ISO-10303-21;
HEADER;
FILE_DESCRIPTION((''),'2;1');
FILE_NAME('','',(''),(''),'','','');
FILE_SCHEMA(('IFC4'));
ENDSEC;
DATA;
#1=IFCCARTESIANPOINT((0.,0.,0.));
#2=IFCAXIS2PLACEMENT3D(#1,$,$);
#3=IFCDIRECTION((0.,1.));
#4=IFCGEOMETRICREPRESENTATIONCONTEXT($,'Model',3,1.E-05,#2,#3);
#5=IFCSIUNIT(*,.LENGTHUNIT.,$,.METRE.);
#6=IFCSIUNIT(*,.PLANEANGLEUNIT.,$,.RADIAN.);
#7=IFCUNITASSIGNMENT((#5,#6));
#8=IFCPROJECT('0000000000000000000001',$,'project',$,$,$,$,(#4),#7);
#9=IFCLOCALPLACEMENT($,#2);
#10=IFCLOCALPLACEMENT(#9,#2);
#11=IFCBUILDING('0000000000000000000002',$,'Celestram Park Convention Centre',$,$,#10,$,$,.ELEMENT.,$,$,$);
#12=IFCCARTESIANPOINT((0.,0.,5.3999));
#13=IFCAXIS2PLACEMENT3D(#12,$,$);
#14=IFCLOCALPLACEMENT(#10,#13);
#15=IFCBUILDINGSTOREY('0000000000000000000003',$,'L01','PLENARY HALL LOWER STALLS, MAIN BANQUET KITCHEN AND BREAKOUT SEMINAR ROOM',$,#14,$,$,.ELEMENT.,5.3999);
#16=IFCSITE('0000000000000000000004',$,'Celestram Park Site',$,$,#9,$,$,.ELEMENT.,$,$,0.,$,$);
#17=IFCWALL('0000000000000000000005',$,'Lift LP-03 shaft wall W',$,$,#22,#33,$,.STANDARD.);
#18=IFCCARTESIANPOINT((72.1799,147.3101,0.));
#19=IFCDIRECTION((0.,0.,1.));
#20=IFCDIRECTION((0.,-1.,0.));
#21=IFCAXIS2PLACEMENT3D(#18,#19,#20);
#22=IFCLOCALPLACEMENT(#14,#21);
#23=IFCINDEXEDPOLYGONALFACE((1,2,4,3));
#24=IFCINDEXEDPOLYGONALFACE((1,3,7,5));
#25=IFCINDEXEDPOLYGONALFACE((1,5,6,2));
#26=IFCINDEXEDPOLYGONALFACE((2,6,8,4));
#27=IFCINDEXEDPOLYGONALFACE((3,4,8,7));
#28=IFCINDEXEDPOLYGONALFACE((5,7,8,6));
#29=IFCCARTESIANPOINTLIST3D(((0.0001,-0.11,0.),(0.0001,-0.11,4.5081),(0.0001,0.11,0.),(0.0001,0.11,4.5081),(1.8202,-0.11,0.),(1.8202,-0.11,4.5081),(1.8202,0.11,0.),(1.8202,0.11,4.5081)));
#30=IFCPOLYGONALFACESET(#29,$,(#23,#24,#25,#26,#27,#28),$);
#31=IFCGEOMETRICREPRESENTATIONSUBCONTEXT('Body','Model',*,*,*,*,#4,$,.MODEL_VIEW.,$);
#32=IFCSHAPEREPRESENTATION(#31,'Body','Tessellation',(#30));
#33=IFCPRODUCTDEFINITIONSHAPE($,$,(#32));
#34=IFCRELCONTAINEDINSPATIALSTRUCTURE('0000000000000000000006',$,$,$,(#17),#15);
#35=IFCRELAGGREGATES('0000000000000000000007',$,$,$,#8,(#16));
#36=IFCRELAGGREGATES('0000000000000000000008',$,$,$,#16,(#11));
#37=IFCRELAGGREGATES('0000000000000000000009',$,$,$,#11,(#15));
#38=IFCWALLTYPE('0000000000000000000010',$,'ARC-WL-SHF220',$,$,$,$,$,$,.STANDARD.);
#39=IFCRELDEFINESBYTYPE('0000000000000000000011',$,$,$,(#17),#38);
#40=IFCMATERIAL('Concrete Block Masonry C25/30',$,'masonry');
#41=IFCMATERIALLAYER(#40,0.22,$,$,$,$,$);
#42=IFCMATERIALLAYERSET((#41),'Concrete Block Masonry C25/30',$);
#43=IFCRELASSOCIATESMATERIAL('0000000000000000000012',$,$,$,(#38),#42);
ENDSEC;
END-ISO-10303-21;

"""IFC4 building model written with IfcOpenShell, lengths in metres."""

from ifc_helpers import new_model, si_unit, direction, frame, frame_2d, origin, place, context, subcontext, project, spatial, rectangle, extrude, material, layer, layer_set, type_object, element, save


model = new_model("IFC4")

# Units and contexts
model_context = context("Model", 3, precision=1e-05, world=origin(), true_north=direction((0.0, 1.0)))
body_context = subcontext(model_context, "Body", "Model", "MODEL_VIEW")
ifc_project = project(units=[si_unit("LENGTHUNIT", "METRE"), si_unit("PLANEANGLEUNIT", "RADIAN")], contexts=[model_context])

# Site, building, storey
site_placement = place(None, origin())
site = spatial("IfcSite", under=ifc_project, at=site_placement, Name="Celestram Park Site", CompositionType="ELEMENT", RefElevation=0.0)
building_placement = place(site_placement, origin())
building = spatial("IfcBuilding", under=site, at=building_placement, Name="Celestram Park Convention Centre", CompositionType="ELEMENT")
storey_placement = place(building_placement, frame((0.0, 0.0, 5.3999)))
storey = spatial("IfcBuildingStorey", under=building, at=storey_placement, Name="L01", Description="PLENARY HALL LOWER STALLS, MAIN BANQUET KITCHEN AND BREAKOUT SEMINAR ROOM", CompositionType="ELEMENT", Elevation=5.3999)

# Shared definitions
ifc_material_1 = material(Name="Concrete Block Masonry C25/30", Category="masonry")
ifc_layer_1 = layer(ifc_material_1, 0.22)
ifc_layer_set_1 = layer_set([ifc_layer_1], Name="Concrete Block Masonry C25/30")
wall_type_1 = type_object("IfcWallType", Name="ARC-WL-SHF220", PredefinedType="STANDARD", material=ifc_layer_set_1)

# Wall
wall_1_placement = place(storey_placement, frame((72.1799, 147.3101, 0.0), z_axis=(0.0, 0.0, 1.0), x_axis=(0.0, -1.0, 0.0)))
element("IfcWall", 1, at=wall_1_placement, inside=storey, type_object=wall_type_1, Name="Lift LP-03 shaft wall W", PredefinedType="STANDARD", context=body_context, shape_type="SweptSolid", body=[
    extrude(rectangle(XDim=1.8201, YDim=0.22, at=frame_2d((0.9102, 0.0))), origin(), (0.0, 0.0, 1.0), 4.5081),
])

save(model, "model.ifc")
